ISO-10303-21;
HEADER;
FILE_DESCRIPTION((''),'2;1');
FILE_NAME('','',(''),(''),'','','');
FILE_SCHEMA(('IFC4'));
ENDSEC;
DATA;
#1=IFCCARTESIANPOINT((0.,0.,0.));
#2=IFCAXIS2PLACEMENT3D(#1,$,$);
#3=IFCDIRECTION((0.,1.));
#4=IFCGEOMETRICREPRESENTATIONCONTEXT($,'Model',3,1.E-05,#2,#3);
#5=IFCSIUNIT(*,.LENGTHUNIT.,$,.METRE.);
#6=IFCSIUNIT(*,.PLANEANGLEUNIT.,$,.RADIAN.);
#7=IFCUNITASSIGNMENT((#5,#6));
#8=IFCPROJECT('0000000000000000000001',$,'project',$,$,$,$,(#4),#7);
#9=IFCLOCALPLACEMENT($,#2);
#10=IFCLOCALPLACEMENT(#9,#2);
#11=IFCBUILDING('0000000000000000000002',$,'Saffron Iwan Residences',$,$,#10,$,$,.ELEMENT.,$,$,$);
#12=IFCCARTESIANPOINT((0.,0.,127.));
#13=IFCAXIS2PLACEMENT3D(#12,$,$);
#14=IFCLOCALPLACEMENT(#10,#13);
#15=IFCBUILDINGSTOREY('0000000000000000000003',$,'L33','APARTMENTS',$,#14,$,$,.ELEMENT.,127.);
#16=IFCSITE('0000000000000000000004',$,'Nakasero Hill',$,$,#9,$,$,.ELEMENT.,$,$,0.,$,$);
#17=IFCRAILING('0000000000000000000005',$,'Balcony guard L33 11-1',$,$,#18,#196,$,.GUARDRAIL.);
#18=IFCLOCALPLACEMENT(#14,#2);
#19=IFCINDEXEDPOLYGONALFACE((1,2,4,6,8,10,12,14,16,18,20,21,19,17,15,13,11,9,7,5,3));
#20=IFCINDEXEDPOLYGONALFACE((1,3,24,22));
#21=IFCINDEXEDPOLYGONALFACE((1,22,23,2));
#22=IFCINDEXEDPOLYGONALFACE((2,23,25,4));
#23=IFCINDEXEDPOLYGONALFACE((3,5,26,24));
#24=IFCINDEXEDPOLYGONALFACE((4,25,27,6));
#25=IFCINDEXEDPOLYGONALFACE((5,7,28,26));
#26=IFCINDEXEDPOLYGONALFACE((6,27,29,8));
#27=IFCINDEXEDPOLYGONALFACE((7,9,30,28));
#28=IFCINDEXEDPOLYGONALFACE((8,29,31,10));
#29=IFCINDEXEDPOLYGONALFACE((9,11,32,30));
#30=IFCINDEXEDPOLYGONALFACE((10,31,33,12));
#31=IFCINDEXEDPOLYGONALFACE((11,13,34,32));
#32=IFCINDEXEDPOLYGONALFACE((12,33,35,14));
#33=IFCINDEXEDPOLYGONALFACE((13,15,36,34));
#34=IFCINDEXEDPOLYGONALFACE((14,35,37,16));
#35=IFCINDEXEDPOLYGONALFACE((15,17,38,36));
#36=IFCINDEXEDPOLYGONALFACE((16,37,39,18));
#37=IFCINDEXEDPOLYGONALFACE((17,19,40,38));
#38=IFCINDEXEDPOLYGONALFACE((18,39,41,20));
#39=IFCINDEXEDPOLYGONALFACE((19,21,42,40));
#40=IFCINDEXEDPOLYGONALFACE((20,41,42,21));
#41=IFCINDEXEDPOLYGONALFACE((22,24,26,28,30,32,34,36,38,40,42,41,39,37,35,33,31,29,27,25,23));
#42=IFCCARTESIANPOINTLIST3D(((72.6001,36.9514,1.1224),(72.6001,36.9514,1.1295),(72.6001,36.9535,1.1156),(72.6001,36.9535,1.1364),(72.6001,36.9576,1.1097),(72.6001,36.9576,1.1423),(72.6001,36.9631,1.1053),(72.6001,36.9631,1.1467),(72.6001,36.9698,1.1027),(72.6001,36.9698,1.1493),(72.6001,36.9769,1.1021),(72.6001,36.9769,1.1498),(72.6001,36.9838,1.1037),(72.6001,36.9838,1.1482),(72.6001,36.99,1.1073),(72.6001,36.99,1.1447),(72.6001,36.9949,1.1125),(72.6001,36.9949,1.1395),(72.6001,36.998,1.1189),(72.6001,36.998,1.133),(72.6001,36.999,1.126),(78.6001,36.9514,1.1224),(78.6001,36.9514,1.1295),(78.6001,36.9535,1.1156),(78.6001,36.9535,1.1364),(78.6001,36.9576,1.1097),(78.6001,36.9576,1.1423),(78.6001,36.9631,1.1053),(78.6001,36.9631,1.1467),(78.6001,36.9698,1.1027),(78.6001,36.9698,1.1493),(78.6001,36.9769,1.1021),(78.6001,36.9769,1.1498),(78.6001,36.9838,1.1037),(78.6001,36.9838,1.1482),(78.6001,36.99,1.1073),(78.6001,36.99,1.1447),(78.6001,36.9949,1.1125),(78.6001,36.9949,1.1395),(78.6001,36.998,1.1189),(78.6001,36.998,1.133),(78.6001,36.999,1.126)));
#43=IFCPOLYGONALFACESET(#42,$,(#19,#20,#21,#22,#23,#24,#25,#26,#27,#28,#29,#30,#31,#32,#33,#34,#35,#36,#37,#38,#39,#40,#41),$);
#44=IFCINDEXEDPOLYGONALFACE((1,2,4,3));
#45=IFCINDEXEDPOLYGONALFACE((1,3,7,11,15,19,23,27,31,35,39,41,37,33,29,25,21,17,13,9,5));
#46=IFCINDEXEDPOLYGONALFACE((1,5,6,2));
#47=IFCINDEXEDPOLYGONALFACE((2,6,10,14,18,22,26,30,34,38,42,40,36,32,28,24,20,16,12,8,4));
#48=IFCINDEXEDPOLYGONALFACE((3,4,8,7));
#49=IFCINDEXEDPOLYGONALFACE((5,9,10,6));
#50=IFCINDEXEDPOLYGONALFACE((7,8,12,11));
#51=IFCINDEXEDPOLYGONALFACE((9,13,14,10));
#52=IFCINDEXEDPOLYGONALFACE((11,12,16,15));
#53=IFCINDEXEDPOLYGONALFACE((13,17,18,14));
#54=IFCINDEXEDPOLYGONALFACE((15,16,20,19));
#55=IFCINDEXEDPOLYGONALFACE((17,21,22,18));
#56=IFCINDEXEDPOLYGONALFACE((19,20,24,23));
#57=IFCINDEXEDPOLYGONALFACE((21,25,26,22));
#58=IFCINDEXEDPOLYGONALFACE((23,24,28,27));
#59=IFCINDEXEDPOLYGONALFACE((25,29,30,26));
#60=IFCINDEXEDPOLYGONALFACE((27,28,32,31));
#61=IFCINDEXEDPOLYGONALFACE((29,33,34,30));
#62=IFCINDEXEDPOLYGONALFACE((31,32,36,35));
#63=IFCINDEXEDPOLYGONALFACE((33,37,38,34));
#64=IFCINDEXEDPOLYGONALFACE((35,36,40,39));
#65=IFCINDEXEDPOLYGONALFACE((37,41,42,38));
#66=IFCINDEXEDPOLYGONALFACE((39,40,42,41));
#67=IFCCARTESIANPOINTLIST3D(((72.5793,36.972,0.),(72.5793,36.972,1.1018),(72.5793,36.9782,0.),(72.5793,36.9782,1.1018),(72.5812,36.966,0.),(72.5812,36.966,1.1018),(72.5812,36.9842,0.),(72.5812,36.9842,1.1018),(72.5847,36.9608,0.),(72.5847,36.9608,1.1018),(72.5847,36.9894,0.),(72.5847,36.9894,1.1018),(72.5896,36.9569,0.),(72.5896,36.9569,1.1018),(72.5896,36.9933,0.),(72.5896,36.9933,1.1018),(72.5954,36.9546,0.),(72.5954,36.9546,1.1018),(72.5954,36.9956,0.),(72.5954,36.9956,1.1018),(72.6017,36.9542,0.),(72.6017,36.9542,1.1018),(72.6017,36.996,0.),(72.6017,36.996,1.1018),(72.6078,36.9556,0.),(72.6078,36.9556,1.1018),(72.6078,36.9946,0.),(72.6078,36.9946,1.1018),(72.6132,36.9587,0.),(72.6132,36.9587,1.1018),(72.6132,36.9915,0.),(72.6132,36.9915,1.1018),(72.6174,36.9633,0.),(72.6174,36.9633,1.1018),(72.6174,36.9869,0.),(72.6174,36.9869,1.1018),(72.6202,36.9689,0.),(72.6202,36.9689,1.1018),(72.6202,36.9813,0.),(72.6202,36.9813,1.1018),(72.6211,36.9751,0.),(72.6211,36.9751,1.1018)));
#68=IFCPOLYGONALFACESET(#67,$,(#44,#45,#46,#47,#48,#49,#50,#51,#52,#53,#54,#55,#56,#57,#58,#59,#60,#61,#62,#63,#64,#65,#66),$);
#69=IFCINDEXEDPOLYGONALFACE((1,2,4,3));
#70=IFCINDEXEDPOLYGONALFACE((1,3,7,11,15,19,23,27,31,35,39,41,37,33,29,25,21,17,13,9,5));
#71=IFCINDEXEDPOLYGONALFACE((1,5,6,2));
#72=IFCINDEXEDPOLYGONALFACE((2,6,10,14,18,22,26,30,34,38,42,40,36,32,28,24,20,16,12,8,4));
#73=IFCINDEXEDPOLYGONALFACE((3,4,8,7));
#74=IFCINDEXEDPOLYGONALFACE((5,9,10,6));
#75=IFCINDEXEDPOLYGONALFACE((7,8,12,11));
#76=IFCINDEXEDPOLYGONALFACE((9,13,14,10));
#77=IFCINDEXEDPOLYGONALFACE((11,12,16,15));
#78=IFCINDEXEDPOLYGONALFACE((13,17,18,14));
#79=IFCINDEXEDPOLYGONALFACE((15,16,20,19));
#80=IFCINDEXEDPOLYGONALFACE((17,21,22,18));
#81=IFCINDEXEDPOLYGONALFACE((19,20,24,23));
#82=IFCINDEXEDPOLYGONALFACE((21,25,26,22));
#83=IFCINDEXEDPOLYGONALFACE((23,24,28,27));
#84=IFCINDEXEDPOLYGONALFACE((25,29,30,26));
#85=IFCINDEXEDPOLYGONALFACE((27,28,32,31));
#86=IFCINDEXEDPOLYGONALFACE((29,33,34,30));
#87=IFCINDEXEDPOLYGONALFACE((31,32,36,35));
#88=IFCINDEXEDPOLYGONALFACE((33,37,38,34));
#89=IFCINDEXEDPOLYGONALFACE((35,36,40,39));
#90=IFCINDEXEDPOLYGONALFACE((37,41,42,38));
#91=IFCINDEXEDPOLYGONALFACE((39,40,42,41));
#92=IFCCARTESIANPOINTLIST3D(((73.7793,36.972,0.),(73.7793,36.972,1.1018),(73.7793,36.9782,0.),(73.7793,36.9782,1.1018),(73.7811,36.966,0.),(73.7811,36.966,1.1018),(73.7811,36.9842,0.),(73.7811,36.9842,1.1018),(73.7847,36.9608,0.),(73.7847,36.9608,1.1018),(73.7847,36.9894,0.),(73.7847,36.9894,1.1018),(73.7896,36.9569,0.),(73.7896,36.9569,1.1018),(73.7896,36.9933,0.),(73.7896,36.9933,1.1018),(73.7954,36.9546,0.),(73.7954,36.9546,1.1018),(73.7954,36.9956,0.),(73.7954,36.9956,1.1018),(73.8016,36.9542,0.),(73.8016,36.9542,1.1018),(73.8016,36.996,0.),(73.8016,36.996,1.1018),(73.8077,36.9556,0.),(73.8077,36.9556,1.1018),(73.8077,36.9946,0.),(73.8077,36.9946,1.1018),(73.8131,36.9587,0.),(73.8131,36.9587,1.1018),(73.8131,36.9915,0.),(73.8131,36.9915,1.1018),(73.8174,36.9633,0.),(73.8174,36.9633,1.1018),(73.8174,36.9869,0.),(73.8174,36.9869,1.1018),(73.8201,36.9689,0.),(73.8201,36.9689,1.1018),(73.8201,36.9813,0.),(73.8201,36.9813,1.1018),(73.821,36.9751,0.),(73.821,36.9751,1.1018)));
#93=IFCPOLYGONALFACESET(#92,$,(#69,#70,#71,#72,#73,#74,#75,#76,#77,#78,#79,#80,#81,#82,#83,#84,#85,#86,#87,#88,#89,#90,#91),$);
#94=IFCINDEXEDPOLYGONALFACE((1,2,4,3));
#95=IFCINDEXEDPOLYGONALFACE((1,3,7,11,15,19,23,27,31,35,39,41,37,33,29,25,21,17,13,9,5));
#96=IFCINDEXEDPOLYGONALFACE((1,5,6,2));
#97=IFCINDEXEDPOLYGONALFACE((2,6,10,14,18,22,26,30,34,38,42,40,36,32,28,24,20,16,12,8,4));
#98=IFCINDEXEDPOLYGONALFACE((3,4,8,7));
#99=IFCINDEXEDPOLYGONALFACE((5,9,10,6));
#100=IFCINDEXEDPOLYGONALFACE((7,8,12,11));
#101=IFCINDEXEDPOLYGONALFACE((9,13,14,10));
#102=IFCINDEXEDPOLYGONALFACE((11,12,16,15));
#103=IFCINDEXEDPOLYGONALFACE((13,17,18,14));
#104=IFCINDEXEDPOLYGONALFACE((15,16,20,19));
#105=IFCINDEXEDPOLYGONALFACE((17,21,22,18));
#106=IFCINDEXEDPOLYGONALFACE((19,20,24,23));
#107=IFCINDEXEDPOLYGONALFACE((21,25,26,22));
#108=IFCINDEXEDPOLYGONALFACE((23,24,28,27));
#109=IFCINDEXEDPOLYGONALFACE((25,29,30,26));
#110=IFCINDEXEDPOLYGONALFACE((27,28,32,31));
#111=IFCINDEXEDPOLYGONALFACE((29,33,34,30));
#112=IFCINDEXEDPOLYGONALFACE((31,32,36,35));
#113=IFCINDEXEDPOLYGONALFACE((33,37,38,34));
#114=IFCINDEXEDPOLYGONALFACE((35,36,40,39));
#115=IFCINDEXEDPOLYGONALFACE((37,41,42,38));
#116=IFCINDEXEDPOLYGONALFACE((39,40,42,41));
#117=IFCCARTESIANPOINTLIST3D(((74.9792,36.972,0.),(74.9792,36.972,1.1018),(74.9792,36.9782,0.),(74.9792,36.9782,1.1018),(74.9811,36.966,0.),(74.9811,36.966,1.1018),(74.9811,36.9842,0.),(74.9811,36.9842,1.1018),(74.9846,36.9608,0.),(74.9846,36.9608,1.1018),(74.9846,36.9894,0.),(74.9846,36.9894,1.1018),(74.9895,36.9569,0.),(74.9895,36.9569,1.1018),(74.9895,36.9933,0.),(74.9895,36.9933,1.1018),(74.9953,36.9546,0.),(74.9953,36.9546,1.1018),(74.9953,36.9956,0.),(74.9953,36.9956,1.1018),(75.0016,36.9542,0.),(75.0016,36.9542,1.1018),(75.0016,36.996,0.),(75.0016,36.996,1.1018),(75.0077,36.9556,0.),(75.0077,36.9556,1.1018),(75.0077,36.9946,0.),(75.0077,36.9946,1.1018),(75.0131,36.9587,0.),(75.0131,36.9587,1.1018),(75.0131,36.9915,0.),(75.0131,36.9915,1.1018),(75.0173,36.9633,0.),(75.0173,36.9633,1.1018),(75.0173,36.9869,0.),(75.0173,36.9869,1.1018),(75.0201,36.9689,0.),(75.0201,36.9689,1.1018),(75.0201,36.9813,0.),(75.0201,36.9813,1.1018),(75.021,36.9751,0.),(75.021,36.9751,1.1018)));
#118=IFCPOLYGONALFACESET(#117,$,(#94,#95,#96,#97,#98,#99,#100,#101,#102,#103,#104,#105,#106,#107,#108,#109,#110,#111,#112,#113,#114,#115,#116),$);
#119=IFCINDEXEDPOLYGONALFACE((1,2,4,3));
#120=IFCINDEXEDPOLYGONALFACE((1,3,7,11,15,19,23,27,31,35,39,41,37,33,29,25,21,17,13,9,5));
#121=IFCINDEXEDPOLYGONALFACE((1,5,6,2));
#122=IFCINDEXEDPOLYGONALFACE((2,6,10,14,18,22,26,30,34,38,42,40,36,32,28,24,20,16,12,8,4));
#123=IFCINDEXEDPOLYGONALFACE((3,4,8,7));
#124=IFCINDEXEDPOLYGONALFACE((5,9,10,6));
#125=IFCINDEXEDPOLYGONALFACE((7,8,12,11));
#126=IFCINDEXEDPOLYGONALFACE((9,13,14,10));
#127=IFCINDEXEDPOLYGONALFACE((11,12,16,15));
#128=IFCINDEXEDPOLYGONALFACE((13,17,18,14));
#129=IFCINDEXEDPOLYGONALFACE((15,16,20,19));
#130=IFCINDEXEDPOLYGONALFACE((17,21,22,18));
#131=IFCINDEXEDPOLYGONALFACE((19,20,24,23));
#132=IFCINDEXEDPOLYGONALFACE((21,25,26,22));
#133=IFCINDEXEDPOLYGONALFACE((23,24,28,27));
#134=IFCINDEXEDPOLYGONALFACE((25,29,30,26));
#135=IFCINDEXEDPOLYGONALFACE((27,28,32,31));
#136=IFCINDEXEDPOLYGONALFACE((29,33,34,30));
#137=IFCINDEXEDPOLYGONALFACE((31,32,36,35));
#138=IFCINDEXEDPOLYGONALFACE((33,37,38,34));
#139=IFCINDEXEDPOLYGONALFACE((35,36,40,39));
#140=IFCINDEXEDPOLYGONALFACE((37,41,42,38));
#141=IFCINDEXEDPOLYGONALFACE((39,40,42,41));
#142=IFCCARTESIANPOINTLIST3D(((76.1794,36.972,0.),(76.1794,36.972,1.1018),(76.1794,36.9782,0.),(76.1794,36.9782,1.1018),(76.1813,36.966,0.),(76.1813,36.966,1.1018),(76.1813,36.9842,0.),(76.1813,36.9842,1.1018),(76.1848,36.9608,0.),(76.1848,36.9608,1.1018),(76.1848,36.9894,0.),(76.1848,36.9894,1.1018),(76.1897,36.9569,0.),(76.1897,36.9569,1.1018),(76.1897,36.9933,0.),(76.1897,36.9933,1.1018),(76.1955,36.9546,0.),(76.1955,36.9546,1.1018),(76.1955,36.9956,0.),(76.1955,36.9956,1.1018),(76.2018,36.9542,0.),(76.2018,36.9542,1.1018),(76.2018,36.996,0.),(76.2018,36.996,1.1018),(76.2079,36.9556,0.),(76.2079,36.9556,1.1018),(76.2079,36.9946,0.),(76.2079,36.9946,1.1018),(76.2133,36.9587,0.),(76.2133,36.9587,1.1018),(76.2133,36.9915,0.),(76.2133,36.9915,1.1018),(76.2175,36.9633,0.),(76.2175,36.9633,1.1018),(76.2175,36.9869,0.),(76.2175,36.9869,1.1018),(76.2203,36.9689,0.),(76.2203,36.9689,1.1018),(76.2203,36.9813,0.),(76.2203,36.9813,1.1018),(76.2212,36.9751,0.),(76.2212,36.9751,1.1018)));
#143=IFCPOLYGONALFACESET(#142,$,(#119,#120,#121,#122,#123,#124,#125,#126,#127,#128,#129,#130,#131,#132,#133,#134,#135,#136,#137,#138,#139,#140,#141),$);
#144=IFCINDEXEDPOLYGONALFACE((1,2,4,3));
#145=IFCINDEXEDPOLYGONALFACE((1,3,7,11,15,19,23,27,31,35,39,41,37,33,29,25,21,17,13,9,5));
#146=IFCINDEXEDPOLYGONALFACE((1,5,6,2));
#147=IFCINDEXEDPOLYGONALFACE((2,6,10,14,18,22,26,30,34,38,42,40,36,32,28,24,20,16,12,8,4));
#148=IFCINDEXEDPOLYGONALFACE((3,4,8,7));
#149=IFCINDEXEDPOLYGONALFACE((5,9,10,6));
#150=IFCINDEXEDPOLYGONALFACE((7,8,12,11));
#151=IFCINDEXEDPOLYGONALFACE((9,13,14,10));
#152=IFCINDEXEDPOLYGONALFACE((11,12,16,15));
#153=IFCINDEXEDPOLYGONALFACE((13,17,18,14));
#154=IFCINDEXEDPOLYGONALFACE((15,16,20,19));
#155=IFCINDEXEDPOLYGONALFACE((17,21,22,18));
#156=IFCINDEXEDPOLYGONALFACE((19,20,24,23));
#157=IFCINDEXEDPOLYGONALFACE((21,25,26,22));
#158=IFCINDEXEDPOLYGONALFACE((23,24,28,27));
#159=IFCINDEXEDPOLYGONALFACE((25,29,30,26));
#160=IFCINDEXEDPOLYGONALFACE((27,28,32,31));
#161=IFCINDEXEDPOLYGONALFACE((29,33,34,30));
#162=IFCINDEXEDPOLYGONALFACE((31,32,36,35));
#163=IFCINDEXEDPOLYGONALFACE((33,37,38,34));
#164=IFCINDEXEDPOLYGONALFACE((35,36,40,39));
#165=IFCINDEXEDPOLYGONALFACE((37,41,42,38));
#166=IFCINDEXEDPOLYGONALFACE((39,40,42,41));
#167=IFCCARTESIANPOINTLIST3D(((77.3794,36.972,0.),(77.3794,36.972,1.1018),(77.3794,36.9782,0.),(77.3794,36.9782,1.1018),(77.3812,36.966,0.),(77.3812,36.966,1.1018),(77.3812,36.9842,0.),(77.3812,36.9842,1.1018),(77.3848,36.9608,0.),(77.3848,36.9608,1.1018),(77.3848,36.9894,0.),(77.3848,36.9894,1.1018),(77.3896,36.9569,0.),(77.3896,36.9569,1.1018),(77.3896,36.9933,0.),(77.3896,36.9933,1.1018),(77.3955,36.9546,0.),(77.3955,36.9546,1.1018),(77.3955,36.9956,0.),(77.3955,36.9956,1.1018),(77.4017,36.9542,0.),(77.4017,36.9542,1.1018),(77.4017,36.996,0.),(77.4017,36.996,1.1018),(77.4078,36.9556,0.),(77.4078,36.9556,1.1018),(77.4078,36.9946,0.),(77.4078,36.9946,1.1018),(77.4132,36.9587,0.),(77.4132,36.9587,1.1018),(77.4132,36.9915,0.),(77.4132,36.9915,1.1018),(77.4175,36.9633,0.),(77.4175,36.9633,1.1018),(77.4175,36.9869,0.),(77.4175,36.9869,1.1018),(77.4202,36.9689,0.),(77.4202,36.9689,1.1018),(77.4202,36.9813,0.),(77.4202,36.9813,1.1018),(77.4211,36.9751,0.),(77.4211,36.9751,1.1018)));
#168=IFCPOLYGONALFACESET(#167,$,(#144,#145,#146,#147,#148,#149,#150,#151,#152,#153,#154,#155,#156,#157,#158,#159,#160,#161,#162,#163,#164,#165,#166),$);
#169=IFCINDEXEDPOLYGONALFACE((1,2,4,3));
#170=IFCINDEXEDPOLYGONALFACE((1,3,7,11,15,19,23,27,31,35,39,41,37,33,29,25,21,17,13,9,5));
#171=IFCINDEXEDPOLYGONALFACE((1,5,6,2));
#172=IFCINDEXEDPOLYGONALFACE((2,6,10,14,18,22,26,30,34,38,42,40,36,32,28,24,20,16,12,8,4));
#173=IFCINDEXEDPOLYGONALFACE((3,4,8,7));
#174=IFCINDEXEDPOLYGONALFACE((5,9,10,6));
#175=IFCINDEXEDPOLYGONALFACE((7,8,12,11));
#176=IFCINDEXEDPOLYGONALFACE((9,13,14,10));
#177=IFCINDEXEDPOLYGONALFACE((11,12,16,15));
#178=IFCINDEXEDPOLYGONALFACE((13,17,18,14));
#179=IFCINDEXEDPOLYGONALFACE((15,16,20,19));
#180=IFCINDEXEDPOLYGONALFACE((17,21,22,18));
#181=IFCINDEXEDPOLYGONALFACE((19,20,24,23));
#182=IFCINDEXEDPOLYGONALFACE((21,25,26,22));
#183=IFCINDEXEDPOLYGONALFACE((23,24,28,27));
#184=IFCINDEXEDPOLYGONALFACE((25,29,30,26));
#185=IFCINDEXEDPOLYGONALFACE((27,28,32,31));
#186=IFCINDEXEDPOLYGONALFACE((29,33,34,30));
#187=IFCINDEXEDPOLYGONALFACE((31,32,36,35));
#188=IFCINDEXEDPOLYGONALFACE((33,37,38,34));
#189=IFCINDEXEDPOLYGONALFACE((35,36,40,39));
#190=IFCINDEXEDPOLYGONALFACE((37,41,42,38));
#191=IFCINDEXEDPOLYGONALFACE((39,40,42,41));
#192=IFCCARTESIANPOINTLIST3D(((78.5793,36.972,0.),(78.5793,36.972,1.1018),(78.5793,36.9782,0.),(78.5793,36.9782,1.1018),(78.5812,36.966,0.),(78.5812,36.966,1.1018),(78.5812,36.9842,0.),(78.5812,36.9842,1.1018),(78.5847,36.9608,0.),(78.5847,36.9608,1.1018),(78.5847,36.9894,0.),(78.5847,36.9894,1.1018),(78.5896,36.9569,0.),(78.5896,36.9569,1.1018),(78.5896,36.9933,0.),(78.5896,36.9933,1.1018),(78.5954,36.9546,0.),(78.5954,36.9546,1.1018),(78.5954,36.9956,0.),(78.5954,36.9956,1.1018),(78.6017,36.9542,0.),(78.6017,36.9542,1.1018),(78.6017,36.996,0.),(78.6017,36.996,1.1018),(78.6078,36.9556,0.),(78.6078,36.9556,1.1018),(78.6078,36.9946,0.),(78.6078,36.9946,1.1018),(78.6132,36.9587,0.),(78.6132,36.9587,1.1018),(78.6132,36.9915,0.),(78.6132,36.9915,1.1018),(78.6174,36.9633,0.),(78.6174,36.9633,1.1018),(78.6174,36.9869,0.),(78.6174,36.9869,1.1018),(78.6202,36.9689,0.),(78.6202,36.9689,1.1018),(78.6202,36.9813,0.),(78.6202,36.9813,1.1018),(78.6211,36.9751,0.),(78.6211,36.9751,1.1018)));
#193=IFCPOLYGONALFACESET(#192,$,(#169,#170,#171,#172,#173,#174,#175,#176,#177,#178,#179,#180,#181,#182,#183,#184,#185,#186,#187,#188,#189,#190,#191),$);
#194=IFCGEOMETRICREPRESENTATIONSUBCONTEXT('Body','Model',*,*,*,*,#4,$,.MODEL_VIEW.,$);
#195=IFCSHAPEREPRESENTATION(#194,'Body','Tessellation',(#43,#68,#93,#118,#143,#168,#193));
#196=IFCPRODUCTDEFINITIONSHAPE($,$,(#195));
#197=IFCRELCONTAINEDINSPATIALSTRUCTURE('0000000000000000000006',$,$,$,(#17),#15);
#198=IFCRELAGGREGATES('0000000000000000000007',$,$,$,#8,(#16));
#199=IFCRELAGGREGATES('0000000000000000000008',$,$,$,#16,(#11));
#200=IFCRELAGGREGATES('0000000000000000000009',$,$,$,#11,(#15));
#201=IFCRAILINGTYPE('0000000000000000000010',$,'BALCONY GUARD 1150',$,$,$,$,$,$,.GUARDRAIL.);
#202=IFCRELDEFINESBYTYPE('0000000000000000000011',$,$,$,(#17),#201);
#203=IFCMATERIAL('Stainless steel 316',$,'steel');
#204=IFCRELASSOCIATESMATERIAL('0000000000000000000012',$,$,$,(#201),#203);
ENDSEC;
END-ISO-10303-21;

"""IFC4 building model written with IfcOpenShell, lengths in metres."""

from ifc_helpers import new_model, si_unit, direction, frame, origin, origin_2d, place, context, subcontext, project, spatial, circle, extrude, material, type_object, element, save


model = new_model("IFC4")

# Units and contexts
model_context = context("Model", 3, precision=1e-05, world=origin(), true_north=direction((0.0, 1.0)))
body_context = subcontext(model_context, "Body", "Model", "MODEL_VIEW")
ifc_project = project(units=[si_unit("LENGTHUNIT", "METRE"), si_unit("PLANEANGLEUNIT", "RADIAN")], contexts=[model_context])

# Site, building, storey
site_placement = place(None, origin())
site = spatial("IfcSite", under=ifc_project, at=site_placement, Name="Nakasero Hill", CompositionType="ELEMENT", RefElevation=0.0)
building_placement = place(site_placement, origin())
building = spatial("IfcBuilding", under=site, at=building_placement, Name="Saffron Iwan Residences", CompositionType="ELEMENT")
storey_placement = place(building_placement, frame((0.0, 0.0, 127.0)))
storey = spatial("IfcBuildingStorey", under=building, at=storey_placement, Name="L33", Description="APARTMENTS", CompositionType="ELEMENT", Elevation=127.0)

# Railing
ifc_material_1 = material(Name="Stainless steel 316", Category="steel")
railing_type = type_object("IfcRailingType", Name="BALCONY GUARD 1150", PredefinedType="GUARDRAIL", material=ifc_material_1)
railing_placement = place(storey_placement, frame((72.6001, 36.9751, 0.0)))
element("IfcRailing", 1, at=railing_placement, inside=storey, type_object=railing_type, Name="Balcony guard L33 11-1", PredefinedType="GUARDRAIL", context=body_context, shape_type="SweptSolid", body=[
    extrude(circle(Radius=0.0239, at=origin_2d()), frame((0.0, 0.0, 1.126), z_axis=(1.0, 0.0, 0.0), x_axis=(0.0, 1.0, 0.0)), (0.0, 0.0, 1.0), 6.0),
    extrude(circle(Radius=0.021, at=origin_2d()), origin(), (0.0, 0.0, 1.0), 1.1018),
    extrude(circle(Radius=0.021, at=origin_2d()), frame((1.2, 0.0, 0.0)), (0.0, 0.0, 1.0), 1.1018),
    extrude(circle(Radius=0.021, at=origin_2d()), frame((2.3999, 0.0, 0.0)), (0.0, 0.0, 1.0), 1.1018),
    extrude(circle(Radius=0.021, at=origin_2d()), frame((3.6001, 0.0, 0.0)), (0.0, 0.0, 1.0), 1.1018),
    extrude(circle(Radius=0.021, at=origin_2d()), frame((4.8, 0.0, 0.0)), (0.0, 0.0, 1.0), 1.1018),
    extrude(circle(Radius=0.021, at=origin_2d()), frame((6.0, 0.0, 0.0)), (0.0, 0.0, 1.0), 1.1018),
])

save(model, "model.ifc")
